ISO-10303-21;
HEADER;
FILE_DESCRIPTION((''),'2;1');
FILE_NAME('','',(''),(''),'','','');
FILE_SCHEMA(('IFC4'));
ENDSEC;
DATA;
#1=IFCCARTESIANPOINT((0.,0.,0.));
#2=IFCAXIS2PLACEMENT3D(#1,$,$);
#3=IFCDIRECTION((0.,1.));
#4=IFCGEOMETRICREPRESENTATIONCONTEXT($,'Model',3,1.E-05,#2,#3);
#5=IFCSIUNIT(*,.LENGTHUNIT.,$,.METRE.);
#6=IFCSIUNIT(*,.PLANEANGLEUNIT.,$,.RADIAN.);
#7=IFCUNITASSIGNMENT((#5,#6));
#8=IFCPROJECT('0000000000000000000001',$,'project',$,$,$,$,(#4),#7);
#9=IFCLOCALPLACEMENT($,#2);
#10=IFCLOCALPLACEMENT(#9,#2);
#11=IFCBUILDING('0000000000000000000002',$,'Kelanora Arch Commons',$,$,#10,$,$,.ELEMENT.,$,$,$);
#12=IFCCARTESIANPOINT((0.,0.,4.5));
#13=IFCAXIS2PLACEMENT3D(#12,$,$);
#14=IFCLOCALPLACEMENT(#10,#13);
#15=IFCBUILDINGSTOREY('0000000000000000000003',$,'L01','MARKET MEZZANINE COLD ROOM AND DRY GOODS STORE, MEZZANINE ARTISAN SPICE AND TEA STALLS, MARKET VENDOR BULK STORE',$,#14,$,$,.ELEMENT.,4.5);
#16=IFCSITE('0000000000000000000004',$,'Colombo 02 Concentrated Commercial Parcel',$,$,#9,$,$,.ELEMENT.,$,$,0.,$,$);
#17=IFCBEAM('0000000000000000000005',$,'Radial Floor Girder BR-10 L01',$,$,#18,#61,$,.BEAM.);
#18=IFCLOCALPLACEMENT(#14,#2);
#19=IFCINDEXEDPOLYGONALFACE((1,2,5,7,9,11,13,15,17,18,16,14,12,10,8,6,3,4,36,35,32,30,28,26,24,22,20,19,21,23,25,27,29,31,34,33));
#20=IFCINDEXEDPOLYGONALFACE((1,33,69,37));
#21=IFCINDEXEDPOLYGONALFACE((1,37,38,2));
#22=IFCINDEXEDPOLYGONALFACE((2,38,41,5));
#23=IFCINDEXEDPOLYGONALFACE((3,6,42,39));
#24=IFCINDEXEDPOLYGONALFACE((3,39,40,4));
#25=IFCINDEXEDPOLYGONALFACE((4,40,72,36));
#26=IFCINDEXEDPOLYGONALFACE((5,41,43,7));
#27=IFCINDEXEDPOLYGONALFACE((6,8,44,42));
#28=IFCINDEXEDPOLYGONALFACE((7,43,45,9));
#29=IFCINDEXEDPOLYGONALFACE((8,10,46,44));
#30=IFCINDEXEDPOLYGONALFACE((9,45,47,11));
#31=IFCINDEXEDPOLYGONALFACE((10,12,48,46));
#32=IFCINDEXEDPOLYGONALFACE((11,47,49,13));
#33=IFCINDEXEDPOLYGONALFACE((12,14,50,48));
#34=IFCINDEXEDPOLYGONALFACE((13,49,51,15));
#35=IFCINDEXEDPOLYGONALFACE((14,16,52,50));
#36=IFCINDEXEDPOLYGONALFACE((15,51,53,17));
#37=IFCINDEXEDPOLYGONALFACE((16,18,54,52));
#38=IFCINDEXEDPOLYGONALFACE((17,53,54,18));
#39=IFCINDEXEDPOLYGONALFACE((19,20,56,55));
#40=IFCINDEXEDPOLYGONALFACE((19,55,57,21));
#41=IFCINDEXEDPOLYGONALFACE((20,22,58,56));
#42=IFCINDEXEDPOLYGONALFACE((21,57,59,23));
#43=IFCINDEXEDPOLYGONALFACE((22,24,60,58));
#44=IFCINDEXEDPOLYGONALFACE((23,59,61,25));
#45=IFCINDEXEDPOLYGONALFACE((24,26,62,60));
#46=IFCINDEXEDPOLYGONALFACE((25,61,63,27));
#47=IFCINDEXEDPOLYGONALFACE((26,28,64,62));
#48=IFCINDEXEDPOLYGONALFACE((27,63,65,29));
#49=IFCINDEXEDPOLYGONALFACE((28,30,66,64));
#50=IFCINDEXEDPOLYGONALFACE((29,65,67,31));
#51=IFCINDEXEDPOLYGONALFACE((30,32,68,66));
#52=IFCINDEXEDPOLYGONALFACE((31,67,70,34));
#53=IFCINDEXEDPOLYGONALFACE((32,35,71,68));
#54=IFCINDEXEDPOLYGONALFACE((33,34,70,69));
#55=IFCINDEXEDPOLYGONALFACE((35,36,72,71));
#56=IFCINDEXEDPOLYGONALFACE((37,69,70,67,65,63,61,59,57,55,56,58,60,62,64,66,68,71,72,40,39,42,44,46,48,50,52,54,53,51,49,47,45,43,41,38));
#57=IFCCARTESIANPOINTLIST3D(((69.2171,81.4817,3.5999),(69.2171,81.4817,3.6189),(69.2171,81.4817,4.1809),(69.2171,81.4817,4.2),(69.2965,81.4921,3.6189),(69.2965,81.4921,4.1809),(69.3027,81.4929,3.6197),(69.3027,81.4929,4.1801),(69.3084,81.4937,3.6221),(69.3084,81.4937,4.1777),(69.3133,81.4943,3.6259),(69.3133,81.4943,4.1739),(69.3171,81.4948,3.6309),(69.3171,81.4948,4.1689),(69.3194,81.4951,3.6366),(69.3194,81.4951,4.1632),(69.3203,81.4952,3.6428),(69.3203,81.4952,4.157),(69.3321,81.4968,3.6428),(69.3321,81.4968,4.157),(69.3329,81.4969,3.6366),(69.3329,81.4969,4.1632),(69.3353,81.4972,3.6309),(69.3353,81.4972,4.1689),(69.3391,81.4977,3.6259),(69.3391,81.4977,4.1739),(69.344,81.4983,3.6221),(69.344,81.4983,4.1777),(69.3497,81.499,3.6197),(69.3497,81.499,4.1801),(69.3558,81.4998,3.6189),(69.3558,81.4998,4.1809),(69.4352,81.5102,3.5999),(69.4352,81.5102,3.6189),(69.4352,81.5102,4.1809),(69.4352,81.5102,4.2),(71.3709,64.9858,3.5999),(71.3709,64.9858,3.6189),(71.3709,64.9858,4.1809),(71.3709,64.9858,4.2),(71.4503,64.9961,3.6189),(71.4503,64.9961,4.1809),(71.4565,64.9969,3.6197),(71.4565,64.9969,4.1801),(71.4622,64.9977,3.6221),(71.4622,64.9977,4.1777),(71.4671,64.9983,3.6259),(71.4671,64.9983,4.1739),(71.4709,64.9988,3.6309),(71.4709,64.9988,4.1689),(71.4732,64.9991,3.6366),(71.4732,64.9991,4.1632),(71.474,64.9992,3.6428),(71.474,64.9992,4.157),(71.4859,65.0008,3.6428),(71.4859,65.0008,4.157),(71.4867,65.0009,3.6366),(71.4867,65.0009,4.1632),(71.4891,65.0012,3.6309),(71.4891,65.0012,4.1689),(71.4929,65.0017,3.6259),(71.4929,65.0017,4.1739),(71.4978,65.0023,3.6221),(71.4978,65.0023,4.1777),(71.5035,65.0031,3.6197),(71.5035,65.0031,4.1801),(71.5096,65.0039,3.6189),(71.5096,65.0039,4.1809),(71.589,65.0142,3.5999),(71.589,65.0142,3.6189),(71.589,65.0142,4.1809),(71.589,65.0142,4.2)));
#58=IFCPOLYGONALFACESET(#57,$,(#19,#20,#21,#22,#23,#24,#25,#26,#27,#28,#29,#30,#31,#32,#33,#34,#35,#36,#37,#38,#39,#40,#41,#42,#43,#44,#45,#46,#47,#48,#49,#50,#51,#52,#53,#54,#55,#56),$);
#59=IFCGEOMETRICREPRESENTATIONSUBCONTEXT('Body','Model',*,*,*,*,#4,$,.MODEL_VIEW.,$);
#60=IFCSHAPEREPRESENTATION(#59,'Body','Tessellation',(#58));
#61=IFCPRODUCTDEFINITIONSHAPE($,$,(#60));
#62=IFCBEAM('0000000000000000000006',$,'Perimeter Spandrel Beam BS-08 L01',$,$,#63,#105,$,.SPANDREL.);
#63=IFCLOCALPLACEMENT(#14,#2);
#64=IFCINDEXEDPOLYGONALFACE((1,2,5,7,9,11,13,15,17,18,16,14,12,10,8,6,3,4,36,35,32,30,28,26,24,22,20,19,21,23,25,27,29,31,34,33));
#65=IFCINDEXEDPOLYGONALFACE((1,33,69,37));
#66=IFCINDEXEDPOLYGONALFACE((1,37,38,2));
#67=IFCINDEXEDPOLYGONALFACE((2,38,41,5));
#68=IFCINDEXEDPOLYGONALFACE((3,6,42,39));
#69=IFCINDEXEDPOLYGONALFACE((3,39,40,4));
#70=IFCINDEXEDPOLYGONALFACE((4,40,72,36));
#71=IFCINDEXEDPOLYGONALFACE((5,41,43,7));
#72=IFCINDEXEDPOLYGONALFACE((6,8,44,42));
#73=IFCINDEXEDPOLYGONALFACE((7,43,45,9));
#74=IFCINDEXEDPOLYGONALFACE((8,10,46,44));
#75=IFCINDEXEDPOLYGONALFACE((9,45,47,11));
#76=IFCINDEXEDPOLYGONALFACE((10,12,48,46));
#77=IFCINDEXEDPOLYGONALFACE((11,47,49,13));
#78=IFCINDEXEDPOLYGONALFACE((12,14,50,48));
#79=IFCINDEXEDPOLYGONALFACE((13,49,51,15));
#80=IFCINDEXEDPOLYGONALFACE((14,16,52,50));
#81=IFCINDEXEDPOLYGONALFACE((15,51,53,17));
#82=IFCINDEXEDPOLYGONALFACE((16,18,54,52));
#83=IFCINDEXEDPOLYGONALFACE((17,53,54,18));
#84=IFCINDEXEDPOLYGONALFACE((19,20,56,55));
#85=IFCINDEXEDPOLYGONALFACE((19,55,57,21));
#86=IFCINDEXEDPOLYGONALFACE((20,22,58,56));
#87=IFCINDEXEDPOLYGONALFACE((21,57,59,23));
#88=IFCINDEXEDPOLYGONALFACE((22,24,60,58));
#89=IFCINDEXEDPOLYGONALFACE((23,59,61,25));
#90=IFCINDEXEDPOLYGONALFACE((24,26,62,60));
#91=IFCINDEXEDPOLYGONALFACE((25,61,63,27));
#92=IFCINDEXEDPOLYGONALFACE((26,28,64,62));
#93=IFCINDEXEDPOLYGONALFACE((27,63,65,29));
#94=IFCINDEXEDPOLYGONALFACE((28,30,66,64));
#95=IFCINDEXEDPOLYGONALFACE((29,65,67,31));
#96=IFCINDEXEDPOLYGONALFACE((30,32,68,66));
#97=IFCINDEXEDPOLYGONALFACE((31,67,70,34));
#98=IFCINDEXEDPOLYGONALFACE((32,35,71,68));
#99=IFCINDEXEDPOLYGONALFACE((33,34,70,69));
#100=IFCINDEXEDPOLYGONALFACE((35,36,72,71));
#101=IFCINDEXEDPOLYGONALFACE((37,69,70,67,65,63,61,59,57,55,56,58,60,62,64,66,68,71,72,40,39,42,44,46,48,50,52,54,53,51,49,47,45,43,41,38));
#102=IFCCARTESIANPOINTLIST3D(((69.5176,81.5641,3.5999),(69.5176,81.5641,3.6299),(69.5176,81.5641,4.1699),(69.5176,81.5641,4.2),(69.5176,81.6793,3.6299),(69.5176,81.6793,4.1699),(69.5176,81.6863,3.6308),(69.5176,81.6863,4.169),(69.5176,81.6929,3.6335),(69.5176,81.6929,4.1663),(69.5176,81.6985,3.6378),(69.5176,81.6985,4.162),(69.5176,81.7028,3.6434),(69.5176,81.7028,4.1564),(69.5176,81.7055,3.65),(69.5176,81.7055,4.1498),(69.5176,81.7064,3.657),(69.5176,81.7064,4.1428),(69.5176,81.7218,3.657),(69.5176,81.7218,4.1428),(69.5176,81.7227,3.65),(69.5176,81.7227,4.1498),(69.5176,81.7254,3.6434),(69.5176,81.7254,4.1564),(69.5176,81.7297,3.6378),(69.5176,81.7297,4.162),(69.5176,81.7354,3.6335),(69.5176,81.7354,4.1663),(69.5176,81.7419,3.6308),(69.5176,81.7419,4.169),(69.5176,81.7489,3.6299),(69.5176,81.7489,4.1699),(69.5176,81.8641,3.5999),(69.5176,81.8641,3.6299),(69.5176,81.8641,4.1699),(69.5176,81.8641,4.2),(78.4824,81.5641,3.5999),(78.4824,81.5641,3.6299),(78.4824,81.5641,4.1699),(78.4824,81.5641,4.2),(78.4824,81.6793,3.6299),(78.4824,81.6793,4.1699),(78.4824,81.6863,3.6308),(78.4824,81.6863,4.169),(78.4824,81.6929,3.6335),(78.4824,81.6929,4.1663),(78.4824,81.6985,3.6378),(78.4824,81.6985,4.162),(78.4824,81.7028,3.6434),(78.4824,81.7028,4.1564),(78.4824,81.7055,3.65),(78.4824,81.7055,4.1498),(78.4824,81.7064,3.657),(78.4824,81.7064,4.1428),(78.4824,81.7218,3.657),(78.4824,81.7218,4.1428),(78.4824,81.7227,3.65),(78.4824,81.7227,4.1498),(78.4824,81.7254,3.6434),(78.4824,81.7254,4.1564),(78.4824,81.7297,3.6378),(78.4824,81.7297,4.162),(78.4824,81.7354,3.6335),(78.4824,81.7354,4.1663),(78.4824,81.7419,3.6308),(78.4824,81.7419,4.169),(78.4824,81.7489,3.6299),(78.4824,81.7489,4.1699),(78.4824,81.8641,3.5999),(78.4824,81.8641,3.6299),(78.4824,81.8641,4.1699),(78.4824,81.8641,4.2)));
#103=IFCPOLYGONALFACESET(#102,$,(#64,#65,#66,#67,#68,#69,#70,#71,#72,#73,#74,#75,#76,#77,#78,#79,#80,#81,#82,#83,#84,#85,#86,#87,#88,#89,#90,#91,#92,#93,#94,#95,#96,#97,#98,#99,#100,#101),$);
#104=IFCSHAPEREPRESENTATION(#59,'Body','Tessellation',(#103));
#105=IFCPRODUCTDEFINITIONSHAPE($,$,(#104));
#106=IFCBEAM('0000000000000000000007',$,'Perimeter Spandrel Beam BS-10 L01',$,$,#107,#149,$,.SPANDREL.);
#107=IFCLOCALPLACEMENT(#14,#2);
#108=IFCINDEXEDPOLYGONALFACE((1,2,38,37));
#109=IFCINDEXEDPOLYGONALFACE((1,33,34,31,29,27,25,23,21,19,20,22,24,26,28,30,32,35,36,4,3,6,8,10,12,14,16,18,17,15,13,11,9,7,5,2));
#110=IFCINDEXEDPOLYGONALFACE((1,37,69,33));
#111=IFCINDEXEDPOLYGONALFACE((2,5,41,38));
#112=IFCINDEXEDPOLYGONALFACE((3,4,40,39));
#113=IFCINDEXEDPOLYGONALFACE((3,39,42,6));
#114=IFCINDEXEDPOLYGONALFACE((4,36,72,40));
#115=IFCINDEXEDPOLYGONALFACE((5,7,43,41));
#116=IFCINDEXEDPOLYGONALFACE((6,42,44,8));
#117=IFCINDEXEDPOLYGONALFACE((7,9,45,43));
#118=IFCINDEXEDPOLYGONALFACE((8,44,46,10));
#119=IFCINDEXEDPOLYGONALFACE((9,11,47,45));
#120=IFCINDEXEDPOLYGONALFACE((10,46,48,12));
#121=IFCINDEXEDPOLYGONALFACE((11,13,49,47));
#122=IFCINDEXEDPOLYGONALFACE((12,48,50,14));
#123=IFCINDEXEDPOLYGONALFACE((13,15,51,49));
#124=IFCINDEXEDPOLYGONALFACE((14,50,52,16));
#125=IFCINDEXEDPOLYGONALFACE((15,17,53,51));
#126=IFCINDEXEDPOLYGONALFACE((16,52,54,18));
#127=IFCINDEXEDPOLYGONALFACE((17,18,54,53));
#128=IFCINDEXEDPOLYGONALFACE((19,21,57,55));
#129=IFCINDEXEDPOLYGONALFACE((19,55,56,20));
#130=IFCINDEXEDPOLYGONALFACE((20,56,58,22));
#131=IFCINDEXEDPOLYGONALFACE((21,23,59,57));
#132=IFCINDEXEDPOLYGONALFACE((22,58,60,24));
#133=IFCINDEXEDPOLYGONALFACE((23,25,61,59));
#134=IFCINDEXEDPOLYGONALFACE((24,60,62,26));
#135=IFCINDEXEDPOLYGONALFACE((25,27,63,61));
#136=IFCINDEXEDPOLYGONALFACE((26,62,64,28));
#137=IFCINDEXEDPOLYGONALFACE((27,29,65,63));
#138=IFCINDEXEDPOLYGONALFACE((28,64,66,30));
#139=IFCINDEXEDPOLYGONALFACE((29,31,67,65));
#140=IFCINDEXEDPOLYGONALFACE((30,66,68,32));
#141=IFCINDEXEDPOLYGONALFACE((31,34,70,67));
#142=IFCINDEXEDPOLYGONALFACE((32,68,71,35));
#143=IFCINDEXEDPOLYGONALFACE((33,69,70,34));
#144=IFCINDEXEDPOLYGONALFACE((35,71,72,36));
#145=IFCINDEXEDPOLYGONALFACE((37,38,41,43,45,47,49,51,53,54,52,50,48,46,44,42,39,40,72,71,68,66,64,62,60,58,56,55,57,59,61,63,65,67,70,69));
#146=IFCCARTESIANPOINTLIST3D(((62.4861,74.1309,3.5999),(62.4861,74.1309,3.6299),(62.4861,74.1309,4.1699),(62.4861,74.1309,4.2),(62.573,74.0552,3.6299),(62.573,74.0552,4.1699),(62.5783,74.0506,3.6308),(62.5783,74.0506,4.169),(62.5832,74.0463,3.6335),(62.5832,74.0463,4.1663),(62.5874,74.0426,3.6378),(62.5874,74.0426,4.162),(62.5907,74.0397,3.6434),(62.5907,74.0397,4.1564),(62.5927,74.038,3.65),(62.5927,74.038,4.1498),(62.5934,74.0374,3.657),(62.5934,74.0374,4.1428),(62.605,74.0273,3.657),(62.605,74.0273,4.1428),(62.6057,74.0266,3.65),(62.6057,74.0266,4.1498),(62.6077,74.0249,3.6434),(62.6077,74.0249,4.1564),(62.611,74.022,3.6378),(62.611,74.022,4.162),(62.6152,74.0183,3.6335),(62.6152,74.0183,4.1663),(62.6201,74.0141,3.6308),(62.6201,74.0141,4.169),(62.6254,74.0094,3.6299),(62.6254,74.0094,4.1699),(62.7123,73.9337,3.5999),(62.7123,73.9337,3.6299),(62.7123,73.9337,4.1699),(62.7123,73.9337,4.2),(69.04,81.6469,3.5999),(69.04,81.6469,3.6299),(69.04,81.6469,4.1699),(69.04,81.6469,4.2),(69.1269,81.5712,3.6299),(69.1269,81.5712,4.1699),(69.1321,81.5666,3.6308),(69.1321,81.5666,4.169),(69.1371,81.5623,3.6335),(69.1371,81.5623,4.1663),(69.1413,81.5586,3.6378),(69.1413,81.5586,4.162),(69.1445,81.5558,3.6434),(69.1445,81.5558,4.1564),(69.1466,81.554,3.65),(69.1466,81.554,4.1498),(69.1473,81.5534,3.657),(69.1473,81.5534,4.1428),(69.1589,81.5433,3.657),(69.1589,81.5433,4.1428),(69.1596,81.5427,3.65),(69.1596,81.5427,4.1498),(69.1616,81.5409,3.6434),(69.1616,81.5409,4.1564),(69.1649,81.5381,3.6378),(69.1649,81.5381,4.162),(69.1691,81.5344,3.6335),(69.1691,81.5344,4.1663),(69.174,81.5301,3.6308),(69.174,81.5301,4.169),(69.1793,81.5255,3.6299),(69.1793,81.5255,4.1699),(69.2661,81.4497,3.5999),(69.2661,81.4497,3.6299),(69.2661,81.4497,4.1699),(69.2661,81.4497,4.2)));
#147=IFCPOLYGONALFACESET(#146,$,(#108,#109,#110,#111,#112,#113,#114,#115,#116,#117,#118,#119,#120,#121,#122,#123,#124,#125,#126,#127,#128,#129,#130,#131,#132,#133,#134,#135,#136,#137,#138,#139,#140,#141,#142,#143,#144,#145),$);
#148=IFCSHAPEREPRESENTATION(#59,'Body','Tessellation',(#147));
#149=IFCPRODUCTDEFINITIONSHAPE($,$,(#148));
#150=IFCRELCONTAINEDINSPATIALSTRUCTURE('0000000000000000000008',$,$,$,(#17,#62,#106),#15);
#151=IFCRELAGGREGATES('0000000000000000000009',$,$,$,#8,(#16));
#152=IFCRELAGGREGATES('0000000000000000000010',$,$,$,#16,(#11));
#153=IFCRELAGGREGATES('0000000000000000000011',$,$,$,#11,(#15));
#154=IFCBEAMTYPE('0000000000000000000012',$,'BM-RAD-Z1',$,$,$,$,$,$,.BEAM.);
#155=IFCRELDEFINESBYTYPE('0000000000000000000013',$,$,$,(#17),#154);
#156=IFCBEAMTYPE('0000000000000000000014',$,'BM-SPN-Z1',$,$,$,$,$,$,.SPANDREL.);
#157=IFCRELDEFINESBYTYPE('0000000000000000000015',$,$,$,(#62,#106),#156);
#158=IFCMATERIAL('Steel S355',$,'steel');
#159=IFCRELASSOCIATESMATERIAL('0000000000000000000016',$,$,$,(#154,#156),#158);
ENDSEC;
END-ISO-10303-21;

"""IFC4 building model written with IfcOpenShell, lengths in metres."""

from ifc_helpers import new_model, si_unit, direction, frame, origin, origin_2d, place, context, subcontext, project, spatial, i_section, extrude, material, material_profile, profile_set, type_object, element, save


model = new_model("IFC4")

# Units and contexts
model_context = context("Model", 3, precision=1e-05, world=origin(), true_north=direction((0.0, 1.0)))
body_context = subcontext(model_context, "Body", "Model", "MODEL_VIEW")
ifc_project = project(units=[si_unit("LENGTHUNIT", "METRE"), si_unit("PLANEANGLEUNIT", "RADIAN")], contexts=[model_context])

# Site, building, storey
site_placement = place(None, origin())
site = spatial("IfcSite", under=ifc_project, at=site_placement, Name="Colombo 02 Concentrated Commercial Parcel", CompositionType="ELEMENT", RefElevation=0.0)
building_placement = place(site_placement, origin())
building = spatial("IfcBuilding", under=site, at=building_placement, Name="Kelanora Arch Commons", CompositionType="ELEMENT")
storey_placement = place(building_placement, frame((0.0, 0.0, 4.5)))
storey = spatial("IfcBuildingStorey", under=building, at=storey_placement, Name="L01", Description="MARKET MEZZANINE COLD ROOM AND DRY GOODS STORE, MEZZANINE ARTISAN SPICE AND TEA STALLS, MARKET VENDOR BULK STORE", CompositionType="ELEMENT", Elevation=4.5)

# Beams
ifc_material_1 = material(Name="Steel S355", Category="steel")
ifc_material_profile_1 = material_profile(ifc_material_1, i_section(OverallWidth=0.22, OverallDepth=0.6001, WebThickness=0.012, FlangeThickness=0.019, FilletRadius=0.0239, at=origin_2d()), Name="IPE600")
ifc_profile_set_1 = profile_set([ifc_material_profile_1], Name="Steel S355")
beam_type_1 = type_object("IfcBeamType", Name="BM-RAD-Z1", PredefinedType="BEAM", material=ifc_profile_set_1)
beam_1_placement = place(storey_placement, frame((71.48, 65.0, 3.8999), z_axis=(-0.129466, 0.991584, 0.0), x_axis=(-0.991584, -0.129466, 0.0)))
element("IfcBeam", 1, at=beam_1_placement, inside=storey, type_object=beam_type_1, Name="Radial Floor Girder BR-10 L01", PredefinedType="BEAM", context=body_context, shape_type="SweptSolid", body=[
    extrude(i_section(OverallWidth=0.22, OverallDepth=0.6001, WebThickness=0.012, FlangeThickness=0.019, FilletRadius=0.0239, at=origin_2d()), origin(), (0.0, 0.0, 1.0), 16.636),
])
ifc_material_profile_2 = material_profile(ifc_material_1, i_section(OverallWidth=0.3, OverallDepth=0.6001, WebThickness=0.0154, FlangeThickness=0.03, FilletRadius=0.0271, at=origin_2d()), Name="HEB600")
ifc_profile_set_2 = profile_set([ifc_material_profile_2], Name="Steel S355")
beam_type_2 = type_object("IfcBeamType", Name="BM-SPN-Z1", PredefinedType="SPANDREL", material=ifc_profile_set_2)
beam_2_placement = place(storey_placement, frame((78.4824, 81.7141, 3.8999), z_axis=(-1.0, 0.0, 0.0), x_axis=(0.0, -1.0, 0.0)))
element("IfcBeam", 2, at=beam_2_placement, inside=storey, type_object=beam_type_2, Name="Perimeter Spandrel Beam BS-08 L01", PredefinedType="SPANDREL", context=body_context, shape_type="SweptSolid", body=[
    extrude(i_section(OverallWidth=0.3, OverallDepth=0.6001, WebThickness=0.0154, FlangeThickness=0.03, FilletRadius=0.0271, at=origin_2d()), origin(), (0.0, 0.0, 1.0), 8.9648),
])
beam_3_placement = place(storey_placement, frame((69.1531, 81.5483, 3.8999), z_axis=(-0.657218, -0.753701, 0.0), x_axis=(0.753701, -0.657218, 0.0)))
element("IfcBeam", 3, at=beam_3_placement, inside=storey, type_object=beam_type_2, Name="Perimeter Spandrel Beam BS-10 L01", PredefinedType="SPANDREL", context=body_context, shape_type="SweptSolid", body=[
    extrude(i_section(OverallWidth=0.3, OverallDepth=0.6001, WebThickness=0.0154, FlangeThickness=0.03, FilletRadius=0.0271, at=origin_2d()), origin(), (0.0, 0.0, 1.0), 9.9722),
])

save(model, "model.ifc")
